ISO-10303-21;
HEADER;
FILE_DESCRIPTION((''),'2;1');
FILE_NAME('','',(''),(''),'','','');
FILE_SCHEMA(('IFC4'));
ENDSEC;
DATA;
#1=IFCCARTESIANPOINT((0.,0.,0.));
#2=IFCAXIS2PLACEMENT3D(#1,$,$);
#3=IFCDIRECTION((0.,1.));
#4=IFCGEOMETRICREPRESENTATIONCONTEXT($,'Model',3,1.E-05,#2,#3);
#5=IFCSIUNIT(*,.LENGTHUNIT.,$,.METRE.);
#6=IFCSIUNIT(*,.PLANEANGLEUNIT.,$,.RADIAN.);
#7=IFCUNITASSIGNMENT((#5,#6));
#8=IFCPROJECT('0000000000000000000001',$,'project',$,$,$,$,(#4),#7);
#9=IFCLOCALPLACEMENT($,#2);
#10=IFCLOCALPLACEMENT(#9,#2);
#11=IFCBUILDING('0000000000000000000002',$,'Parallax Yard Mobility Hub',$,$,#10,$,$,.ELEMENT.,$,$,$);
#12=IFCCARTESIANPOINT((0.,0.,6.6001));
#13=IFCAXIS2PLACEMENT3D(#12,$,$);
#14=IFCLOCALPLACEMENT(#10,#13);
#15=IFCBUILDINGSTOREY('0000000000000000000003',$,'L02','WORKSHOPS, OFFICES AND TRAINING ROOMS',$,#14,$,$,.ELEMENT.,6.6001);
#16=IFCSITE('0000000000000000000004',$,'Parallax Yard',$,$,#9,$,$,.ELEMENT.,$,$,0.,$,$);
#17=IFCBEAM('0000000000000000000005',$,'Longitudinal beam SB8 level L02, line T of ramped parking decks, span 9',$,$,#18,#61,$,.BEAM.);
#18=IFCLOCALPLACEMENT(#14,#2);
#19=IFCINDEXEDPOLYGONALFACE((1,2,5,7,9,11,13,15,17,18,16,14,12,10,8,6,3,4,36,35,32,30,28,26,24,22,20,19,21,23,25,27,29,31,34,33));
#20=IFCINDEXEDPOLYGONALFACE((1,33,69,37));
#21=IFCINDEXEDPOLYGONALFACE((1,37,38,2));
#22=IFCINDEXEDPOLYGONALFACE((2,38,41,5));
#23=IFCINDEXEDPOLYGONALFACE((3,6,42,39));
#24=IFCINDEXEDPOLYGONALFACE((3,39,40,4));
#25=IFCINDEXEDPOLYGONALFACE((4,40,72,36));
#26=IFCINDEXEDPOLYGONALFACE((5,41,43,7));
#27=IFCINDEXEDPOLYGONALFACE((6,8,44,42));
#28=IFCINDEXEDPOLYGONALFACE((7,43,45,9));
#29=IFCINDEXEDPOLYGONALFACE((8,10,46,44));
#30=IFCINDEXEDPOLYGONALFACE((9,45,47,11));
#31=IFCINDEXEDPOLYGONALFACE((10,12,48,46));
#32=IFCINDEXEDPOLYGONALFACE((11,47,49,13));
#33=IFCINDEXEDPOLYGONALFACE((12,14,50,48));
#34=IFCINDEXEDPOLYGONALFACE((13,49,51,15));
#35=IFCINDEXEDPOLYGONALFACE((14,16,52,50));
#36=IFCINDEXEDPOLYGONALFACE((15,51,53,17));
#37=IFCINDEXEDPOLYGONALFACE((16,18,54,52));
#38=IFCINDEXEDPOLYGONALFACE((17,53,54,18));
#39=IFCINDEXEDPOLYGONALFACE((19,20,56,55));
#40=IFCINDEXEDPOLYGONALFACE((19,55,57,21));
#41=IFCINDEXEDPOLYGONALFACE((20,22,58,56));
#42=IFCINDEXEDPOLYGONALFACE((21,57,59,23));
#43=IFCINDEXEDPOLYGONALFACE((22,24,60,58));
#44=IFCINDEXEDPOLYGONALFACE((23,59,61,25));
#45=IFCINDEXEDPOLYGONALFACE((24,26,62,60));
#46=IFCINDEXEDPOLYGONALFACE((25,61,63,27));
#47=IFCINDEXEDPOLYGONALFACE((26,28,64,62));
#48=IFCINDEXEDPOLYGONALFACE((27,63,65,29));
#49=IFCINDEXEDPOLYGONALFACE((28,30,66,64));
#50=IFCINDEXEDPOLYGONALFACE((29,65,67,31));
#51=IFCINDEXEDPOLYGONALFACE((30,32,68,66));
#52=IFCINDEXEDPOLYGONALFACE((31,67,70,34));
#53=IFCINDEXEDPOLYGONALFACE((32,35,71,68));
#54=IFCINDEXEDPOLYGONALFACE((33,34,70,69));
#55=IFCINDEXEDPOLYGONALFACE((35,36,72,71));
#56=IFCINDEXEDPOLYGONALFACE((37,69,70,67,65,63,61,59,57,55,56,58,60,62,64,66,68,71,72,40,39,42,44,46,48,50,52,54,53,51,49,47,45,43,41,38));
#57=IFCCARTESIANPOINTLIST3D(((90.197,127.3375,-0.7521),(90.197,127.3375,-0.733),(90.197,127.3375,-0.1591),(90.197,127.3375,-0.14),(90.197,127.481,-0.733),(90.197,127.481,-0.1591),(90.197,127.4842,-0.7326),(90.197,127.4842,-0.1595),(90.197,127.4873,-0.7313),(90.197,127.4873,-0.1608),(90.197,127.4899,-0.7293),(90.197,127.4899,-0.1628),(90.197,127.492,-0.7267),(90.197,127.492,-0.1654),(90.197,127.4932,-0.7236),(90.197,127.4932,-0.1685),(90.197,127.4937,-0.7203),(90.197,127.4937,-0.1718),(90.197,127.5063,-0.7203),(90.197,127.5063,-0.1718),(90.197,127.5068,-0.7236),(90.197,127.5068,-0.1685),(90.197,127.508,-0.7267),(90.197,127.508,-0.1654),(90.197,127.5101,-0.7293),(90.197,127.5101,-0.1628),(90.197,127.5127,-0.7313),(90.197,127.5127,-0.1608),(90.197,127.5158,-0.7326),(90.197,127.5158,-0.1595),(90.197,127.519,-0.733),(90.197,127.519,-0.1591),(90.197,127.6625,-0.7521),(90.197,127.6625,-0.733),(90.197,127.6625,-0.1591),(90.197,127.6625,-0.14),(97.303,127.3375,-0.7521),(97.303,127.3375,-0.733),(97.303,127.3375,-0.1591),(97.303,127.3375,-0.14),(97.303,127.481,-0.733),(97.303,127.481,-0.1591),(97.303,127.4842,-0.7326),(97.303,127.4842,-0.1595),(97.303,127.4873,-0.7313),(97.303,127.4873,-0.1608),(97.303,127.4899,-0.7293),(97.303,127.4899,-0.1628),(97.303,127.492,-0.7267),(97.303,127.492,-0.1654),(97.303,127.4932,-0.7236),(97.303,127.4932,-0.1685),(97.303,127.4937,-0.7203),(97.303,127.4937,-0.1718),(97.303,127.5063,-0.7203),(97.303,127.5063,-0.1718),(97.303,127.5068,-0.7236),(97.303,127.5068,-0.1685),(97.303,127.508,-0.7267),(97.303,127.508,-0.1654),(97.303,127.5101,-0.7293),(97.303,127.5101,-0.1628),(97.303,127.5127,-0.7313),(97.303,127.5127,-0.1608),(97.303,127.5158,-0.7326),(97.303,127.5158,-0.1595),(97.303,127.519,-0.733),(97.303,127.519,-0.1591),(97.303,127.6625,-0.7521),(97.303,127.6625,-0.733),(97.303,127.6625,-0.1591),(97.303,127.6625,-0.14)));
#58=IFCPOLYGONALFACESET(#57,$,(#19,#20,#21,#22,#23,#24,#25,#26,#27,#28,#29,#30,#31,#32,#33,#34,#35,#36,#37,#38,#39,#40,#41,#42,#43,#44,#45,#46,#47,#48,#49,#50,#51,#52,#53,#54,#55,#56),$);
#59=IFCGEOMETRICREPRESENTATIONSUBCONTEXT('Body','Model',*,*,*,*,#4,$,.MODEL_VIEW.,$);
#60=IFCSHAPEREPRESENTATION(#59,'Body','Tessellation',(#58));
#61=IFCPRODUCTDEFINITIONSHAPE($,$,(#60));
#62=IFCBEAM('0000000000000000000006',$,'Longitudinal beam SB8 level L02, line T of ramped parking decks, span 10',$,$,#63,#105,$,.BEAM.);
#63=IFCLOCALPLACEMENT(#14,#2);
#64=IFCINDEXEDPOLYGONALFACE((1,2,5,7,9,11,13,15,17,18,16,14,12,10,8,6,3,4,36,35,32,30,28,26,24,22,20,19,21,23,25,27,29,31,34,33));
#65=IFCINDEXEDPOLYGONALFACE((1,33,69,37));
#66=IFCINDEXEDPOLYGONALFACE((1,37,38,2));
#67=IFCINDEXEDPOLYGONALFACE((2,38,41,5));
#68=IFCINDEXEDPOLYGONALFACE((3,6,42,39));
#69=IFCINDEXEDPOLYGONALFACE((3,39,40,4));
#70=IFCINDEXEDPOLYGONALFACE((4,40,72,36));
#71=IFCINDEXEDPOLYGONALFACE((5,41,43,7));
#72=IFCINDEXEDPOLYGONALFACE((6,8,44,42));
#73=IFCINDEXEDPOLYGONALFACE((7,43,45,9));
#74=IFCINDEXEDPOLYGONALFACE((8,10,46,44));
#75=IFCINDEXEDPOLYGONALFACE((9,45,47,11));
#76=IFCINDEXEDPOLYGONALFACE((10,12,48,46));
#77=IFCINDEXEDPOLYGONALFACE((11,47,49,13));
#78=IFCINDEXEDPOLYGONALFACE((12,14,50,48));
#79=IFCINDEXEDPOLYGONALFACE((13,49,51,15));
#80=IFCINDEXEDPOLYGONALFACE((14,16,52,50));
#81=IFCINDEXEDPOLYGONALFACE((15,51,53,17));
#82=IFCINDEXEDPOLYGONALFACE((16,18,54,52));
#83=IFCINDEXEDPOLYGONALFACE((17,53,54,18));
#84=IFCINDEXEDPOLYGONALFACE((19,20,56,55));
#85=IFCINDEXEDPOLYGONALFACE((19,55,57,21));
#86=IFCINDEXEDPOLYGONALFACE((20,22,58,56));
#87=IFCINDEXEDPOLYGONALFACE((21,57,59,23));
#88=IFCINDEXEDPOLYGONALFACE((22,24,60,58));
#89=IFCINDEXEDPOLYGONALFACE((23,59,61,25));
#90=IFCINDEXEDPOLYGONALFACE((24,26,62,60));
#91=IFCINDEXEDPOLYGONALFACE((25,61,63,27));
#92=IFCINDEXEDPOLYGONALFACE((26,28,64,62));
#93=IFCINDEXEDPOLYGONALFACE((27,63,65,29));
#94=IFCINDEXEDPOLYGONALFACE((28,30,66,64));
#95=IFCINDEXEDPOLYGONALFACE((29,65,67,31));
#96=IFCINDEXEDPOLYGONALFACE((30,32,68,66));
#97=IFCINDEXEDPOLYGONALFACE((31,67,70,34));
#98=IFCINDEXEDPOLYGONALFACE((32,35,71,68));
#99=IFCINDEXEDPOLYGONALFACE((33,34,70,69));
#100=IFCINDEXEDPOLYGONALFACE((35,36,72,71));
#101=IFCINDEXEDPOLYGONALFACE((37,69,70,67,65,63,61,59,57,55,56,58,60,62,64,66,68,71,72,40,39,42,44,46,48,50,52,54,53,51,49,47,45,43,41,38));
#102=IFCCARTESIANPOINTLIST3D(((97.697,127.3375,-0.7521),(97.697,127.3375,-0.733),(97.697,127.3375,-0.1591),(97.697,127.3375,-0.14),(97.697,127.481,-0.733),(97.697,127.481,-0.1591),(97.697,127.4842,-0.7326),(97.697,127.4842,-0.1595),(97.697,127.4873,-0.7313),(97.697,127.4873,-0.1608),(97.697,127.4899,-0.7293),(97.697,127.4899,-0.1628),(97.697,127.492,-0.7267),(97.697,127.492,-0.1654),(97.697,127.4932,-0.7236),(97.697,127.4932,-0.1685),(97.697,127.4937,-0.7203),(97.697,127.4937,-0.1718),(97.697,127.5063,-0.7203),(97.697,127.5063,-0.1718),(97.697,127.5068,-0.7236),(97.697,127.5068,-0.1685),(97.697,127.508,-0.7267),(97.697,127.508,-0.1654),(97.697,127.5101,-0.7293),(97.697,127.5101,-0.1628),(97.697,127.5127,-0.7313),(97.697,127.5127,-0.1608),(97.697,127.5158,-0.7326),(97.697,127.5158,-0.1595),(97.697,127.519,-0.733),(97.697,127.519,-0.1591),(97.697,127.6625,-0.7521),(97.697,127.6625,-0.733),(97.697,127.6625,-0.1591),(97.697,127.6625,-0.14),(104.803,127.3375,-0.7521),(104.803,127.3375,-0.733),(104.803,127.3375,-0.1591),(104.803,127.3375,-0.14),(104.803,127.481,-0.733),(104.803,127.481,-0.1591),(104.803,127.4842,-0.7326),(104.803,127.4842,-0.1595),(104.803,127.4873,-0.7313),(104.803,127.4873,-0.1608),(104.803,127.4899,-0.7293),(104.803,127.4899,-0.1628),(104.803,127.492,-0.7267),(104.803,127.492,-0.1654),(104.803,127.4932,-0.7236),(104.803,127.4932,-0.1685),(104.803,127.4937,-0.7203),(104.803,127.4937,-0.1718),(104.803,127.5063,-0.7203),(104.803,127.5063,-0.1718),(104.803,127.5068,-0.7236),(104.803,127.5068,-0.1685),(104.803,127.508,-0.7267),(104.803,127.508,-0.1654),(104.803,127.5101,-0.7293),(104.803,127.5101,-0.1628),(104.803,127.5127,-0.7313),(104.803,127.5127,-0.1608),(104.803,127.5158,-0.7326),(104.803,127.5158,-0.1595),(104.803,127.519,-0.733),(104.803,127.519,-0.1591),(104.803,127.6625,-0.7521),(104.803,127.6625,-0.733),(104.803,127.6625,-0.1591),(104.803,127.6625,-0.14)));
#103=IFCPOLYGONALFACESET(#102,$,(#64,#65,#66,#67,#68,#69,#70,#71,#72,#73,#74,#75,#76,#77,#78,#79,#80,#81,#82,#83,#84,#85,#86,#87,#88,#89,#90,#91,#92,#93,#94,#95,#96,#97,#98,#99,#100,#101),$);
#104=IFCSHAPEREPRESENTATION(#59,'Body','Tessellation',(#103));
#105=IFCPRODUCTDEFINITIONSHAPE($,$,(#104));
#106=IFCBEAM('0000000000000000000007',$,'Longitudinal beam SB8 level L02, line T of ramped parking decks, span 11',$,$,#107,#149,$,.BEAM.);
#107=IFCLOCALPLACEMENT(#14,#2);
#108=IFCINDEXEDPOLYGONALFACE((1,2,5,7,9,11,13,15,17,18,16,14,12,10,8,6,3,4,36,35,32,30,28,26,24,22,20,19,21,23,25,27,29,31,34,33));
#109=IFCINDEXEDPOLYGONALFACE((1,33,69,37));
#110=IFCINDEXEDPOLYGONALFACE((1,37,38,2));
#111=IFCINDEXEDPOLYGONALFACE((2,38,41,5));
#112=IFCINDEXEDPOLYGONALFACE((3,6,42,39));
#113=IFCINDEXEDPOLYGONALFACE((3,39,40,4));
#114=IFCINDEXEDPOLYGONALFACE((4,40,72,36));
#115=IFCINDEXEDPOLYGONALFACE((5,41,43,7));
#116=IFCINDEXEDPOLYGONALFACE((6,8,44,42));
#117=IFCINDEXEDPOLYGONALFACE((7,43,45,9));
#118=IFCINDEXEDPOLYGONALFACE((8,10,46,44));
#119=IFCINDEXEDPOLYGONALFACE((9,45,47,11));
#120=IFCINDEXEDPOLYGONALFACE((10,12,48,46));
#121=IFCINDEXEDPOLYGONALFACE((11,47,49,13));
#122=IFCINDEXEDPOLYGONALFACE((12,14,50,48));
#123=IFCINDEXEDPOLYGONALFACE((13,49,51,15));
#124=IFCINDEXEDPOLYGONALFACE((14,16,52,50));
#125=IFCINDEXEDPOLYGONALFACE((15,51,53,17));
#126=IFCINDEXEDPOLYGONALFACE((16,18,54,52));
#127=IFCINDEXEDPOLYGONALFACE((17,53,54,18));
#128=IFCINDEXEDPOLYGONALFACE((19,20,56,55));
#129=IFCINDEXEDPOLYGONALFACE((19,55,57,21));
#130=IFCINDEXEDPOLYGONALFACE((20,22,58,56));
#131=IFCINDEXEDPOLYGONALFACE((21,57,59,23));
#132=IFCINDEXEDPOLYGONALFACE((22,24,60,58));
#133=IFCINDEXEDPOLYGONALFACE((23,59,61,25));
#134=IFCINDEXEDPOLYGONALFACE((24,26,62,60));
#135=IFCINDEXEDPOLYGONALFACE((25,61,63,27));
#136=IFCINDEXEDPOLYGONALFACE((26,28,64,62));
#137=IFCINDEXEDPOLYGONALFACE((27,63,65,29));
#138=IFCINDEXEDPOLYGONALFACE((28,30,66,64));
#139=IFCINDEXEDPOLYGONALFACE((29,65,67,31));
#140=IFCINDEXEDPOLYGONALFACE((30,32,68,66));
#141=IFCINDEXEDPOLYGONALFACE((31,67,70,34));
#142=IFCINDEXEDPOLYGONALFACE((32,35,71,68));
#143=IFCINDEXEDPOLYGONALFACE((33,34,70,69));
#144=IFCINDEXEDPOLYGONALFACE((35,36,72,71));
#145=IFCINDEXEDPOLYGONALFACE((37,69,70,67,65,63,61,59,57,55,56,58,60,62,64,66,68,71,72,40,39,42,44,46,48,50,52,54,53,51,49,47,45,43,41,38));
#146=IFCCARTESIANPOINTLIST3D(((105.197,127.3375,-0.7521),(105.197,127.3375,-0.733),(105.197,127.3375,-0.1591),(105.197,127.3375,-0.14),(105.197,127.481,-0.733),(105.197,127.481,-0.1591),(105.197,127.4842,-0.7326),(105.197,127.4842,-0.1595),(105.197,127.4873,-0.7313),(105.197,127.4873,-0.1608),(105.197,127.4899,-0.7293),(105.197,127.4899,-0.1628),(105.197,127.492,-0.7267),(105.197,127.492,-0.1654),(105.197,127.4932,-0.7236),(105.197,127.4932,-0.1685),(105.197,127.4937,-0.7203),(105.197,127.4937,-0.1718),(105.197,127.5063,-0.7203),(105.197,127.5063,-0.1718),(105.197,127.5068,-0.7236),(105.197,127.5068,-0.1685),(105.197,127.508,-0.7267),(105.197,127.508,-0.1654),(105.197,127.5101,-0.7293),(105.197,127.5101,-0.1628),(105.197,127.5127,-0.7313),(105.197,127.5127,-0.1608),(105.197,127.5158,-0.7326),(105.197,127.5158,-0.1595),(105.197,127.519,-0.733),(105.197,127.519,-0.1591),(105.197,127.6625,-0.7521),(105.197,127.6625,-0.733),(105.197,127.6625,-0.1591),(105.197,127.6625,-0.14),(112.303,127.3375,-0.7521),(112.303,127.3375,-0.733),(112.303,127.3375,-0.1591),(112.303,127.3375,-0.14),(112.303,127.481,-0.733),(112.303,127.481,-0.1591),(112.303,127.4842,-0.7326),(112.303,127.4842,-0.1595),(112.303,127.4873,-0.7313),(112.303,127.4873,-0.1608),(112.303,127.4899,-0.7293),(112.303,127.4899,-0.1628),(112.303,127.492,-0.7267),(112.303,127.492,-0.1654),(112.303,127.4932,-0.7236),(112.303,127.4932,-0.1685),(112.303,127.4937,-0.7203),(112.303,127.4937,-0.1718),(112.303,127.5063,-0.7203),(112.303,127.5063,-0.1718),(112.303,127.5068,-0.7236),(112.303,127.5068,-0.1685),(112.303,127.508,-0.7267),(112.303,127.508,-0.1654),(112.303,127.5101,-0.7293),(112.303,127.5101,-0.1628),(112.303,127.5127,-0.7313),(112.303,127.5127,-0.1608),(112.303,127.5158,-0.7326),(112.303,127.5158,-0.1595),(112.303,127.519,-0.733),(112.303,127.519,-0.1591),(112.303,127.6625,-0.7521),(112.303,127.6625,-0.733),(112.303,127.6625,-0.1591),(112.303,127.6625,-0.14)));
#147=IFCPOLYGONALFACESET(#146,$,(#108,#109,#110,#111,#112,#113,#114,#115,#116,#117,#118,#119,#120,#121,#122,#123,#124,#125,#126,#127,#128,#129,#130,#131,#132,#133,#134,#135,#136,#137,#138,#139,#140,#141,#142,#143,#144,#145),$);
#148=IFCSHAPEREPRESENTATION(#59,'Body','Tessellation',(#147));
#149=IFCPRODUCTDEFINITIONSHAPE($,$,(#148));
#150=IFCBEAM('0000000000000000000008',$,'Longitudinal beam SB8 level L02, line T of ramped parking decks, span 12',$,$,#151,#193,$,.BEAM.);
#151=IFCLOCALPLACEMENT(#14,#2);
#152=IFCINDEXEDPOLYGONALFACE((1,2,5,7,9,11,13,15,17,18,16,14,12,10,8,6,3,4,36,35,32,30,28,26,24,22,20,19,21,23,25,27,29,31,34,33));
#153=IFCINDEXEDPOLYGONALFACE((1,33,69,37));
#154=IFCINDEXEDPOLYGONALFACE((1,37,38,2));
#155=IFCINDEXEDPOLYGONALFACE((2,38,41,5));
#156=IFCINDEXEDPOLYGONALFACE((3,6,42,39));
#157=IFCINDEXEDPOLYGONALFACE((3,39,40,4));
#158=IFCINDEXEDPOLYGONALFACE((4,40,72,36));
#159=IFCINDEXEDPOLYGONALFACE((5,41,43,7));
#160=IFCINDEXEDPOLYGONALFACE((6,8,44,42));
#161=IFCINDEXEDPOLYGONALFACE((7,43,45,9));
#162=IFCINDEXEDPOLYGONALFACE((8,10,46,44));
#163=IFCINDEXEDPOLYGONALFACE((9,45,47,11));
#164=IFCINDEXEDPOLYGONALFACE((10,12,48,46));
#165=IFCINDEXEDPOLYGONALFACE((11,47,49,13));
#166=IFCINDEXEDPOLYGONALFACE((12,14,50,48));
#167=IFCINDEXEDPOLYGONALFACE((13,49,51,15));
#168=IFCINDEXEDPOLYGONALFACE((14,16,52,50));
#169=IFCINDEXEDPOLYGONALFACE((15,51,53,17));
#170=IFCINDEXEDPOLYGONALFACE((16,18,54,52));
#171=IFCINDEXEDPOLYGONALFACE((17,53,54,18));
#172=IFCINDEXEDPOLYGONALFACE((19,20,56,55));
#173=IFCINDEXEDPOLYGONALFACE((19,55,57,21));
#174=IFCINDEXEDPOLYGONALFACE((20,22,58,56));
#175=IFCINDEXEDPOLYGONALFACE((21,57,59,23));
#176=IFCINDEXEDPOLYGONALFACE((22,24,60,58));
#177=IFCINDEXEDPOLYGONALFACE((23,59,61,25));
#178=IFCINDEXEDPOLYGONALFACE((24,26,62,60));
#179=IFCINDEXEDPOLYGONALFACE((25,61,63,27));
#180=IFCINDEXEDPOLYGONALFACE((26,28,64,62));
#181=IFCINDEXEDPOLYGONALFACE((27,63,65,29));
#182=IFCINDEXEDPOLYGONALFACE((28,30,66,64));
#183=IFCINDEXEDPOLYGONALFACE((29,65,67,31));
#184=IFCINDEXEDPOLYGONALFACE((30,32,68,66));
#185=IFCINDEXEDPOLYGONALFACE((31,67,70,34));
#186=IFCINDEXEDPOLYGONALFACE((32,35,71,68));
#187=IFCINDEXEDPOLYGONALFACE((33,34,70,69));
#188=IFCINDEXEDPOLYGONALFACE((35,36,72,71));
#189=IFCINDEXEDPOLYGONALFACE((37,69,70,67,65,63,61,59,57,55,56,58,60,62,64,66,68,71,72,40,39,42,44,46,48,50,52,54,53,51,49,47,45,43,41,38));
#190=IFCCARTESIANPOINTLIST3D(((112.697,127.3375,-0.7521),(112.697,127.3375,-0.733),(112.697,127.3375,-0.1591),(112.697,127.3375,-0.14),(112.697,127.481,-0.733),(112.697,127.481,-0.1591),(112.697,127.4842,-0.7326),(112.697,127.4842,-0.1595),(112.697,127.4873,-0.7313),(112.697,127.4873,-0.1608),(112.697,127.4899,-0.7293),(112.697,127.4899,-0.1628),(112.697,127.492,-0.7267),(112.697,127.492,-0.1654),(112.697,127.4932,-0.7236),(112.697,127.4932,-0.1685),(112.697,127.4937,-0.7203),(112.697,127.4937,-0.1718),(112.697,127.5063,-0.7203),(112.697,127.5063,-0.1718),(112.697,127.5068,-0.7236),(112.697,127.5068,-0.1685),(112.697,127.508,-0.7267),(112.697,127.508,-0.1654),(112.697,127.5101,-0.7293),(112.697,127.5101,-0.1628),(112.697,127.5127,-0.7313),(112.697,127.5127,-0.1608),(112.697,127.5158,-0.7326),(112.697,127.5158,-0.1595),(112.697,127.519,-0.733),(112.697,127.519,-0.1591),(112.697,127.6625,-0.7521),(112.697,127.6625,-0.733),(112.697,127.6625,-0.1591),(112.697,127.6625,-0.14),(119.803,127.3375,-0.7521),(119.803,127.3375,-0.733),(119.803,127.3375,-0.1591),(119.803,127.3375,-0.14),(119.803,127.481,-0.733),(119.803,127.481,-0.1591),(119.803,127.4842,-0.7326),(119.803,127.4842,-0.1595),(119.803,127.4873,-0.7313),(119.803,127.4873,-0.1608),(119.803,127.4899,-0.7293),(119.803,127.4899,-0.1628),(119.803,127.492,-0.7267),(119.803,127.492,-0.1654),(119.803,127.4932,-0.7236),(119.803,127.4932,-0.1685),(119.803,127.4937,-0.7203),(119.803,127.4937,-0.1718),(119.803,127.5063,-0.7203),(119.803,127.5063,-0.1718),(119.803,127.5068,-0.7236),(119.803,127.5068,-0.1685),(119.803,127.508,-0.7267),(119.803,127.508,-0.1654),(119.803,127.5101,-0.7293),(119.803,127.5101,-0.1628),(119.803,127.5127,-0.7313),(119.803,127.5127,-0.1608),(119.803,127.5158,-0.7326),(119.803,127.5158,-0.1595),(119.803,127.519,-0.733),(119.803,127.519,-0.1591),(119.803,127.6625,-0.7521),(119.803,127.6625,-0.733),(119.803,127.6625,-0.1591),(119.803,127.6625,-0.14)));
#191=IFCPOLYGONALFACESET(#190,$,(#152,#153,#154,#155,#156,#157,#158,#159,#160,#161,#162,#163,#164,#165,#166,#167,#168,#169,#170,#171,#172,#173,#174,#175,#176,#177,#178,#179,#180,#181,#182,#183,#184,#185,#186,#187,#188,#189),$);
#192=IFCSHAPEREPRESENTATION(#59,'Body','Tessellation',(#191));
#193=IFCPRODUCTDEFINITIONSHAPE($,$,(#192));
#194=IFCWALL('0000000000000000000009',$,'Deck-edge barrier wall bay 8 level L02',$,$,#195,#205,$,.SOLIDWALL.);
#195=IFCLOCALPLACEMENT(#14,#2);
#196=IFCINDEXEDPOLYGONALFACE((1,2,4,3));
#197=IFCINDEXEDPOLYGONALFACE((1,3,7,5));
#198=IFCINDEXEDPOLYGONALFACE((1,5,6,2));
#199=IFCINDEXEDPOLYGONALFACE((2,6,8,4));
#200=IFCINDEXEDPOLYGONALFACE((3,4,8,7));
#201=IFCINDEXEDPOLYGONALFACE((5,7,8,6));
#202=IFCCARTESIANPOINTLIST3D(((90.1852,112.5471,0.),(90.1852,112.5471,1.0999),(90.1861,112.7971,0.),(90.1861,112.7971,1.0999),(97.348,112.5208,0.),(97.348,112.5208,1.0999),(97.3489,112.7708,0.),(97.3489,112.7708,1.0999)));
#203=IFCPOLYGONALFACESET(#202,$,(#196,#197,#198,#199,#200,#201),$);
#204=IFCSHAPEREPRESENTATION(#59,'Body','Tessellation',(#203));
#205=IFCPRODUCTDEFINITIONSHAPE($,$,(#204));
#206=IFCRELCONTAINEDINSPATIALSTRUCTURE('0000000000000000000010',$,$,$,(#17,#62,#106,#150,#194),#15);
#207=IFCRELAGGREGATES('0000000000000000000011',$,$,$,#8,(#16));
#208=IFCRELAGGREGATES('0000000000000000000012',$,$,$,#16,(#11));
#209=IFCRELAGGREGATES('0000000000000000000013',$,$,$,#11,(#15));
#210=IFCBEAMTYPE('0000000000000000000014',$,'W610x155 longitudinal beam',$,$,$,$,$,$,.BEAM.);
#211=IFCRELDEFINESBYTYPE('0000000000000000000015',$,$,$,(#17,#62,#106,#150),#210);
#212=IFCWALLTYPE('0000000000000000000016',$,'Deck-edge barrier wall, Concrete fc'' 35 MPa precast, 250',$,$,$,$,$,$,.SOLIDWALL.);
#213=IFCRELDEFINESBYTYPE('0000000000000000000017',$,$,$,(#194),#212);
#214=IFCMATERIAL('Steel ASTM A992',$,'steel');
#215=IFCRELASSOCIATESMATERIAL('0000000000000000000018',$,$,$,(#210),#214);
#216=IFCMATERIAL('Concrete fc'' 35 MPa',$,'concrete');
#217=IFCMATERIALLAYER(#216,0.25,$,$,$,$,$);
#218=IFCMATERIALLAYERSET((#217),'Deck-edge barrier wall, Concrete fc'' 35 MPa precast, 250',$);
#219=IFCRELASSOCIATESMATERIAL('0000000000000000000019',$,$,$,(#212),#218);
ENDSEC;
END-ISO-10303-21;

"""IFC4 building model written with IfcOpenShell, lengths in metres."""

from ifc_helpers import new_model, si_unit, direction, frame, frame_2d, origin, origin_2d, place, context, subcontext, project, spatial, rectangle, i_section, extrude, material, layer, layer_set, material_profile, profile_set, type_object, element, save


model = new_model("IFC4")

# Units and contexts
model_context = context("Model", 3, precision=1e-05, world=origin(), true_north=direction((0.0, 1.0)))
body_context = subcontext(model_context, "Body", "Model", "MODEL_VIEW")
ifc_project = project(units=[si_unit("LENGTHUNIT", "METRE"), si_unit("PLANEANGLEUNIT", "RADIAN")], contexts=[model_context])

# Site, building, storey
site_placement = place(None, origin())
site = spatial("IfcSite", under=ifc_project, at=site_placement, Name="Parallax Yard", CompositionType="ELEMENT", RefElevation=0.0)
building_placement = place(site_placement, origin())
building = spatial("IfcBuilding", under=site, at=building_placement, Name="Parallax Yard Mobility Hub", CompositionType="ELEMENT")
storey_placement = place(building_placement, frame((0.0, 0.0, 6.6001)))
storey = spatial("IfcBuildingStorey", under=building, at=storey_placement, Name="L02", Description="WORKSHOPS, OFFICES AND TRAINING ROOMS", CompositionType="ELEMENT", Elevation=6.6001)

# Shared definitions
ifc_material_1 = material(Name="Steel ASTM A992", Category="steel")

# Beams
ifc_material_profile_1 = material_profile(ifc_material_1, i_section(OverallWidth=0.325, OverallDepth=0.6121, WebThickness=0.0127, FlangeThickness=0.019, FilletRadius=0.0127, at=origin_2d()), Name="W610x155")
ifc_profile_set_1 = profile_set([ifc_material_profile_1], Name="Steel ASTM A992")
beam_type_1 = type_object("IfcBeamType", Name="W610x155 longitudinal beam", PredefinedType="BEAM", material=ifc_profile_set_1)
for number, where, z_axis, x_axis, name in (
    (1, (90.197, 127.5, -0.446), (1.0, 0.0, 0.0), (0.0, 1.0, 0.0), "Longitudinal beam SB8 level L02, line T of ramped parking decks, span 9"),
    (2, (97.697, 127.5, -0.446), (1.0, 0.0, 0.0), (0.0, 1.0, 0.0), "Longitudinal beam SB8 level L02, line T of ramped parking decks, span 10"),
    (3, (105.197, 127.5, -0.446), (1.0, 0.0, 0.0), (0.0, 1.0, 0.0), "Longitudinal beam SB8 level L02, line T of ramped parking decks, span 11"),
    (4, (112.697, 127.5, -0.446), (1.0, 0.0, 0.0), (0.0, 1.0, 0.0), "Longitudinal beam SB8 level L02, line T of ramped parking decks, span 12"),
):
    element("IfcBeam", number, at=place(storey_placement, frame(where, z_axis=z_axis, x_axis=x_axis)), inside=storey, type_object=beam_type_1, Name=name, PredefinedType="BEAM", context=body_context, shape_type="SweptSolid", body=[
        extrude(i_section(OverallWidth=0.325, OverallDepth=0.6121, WebThickness=0.0127, FlangeThickness=0.019, FilletRadius=0.0127, at=origin_2d()), origin(), (0.0, 0.0, 1.0), 7.106),
    ])

# Wall
ifc_material_2 = material(Name="Concrete fc' 35 MPa", Category="concrete")
ifc_layer_1 = layer(ifc_material_2, 0.25)
ifc_layer_set_1 = layer_set([ifc_layer_1], Name="Deck-edge barrier wall, Concrete fc' 35 MPa precast, 250")
wall_type_1 = type_object("IfcWallType", Name="Deck-edge barrier wall, Concrete fc' 35 MPa precast, 250", PredefinedType="SOLIDWALL", material=ifc_layer_set_1)
wall_1_placement = place(storey_placement, frame((90.1855, 112.6721, 0.0), z_axis=(0.0, 0.0, 1.0), x_axis=(0.999993, -0.003681, 0.0)))
element("IfcWall", 5, at=wall_1_placement, inside=storey, type_object=wall_type_1, Name="Deck-edge barrier wall bay 8 level L02", PredefinedType="SOLIDWALL", context=body_context, shape_type="SweptSolid", body=[
    extrude(rectangle(XDim=7.1628, YDim=0.25, at=frame_2d((3.5815, 0.0))), origin(), (0.0, 0.0, 1.0), 1.0999),
])

save(model, "model.ifc")
